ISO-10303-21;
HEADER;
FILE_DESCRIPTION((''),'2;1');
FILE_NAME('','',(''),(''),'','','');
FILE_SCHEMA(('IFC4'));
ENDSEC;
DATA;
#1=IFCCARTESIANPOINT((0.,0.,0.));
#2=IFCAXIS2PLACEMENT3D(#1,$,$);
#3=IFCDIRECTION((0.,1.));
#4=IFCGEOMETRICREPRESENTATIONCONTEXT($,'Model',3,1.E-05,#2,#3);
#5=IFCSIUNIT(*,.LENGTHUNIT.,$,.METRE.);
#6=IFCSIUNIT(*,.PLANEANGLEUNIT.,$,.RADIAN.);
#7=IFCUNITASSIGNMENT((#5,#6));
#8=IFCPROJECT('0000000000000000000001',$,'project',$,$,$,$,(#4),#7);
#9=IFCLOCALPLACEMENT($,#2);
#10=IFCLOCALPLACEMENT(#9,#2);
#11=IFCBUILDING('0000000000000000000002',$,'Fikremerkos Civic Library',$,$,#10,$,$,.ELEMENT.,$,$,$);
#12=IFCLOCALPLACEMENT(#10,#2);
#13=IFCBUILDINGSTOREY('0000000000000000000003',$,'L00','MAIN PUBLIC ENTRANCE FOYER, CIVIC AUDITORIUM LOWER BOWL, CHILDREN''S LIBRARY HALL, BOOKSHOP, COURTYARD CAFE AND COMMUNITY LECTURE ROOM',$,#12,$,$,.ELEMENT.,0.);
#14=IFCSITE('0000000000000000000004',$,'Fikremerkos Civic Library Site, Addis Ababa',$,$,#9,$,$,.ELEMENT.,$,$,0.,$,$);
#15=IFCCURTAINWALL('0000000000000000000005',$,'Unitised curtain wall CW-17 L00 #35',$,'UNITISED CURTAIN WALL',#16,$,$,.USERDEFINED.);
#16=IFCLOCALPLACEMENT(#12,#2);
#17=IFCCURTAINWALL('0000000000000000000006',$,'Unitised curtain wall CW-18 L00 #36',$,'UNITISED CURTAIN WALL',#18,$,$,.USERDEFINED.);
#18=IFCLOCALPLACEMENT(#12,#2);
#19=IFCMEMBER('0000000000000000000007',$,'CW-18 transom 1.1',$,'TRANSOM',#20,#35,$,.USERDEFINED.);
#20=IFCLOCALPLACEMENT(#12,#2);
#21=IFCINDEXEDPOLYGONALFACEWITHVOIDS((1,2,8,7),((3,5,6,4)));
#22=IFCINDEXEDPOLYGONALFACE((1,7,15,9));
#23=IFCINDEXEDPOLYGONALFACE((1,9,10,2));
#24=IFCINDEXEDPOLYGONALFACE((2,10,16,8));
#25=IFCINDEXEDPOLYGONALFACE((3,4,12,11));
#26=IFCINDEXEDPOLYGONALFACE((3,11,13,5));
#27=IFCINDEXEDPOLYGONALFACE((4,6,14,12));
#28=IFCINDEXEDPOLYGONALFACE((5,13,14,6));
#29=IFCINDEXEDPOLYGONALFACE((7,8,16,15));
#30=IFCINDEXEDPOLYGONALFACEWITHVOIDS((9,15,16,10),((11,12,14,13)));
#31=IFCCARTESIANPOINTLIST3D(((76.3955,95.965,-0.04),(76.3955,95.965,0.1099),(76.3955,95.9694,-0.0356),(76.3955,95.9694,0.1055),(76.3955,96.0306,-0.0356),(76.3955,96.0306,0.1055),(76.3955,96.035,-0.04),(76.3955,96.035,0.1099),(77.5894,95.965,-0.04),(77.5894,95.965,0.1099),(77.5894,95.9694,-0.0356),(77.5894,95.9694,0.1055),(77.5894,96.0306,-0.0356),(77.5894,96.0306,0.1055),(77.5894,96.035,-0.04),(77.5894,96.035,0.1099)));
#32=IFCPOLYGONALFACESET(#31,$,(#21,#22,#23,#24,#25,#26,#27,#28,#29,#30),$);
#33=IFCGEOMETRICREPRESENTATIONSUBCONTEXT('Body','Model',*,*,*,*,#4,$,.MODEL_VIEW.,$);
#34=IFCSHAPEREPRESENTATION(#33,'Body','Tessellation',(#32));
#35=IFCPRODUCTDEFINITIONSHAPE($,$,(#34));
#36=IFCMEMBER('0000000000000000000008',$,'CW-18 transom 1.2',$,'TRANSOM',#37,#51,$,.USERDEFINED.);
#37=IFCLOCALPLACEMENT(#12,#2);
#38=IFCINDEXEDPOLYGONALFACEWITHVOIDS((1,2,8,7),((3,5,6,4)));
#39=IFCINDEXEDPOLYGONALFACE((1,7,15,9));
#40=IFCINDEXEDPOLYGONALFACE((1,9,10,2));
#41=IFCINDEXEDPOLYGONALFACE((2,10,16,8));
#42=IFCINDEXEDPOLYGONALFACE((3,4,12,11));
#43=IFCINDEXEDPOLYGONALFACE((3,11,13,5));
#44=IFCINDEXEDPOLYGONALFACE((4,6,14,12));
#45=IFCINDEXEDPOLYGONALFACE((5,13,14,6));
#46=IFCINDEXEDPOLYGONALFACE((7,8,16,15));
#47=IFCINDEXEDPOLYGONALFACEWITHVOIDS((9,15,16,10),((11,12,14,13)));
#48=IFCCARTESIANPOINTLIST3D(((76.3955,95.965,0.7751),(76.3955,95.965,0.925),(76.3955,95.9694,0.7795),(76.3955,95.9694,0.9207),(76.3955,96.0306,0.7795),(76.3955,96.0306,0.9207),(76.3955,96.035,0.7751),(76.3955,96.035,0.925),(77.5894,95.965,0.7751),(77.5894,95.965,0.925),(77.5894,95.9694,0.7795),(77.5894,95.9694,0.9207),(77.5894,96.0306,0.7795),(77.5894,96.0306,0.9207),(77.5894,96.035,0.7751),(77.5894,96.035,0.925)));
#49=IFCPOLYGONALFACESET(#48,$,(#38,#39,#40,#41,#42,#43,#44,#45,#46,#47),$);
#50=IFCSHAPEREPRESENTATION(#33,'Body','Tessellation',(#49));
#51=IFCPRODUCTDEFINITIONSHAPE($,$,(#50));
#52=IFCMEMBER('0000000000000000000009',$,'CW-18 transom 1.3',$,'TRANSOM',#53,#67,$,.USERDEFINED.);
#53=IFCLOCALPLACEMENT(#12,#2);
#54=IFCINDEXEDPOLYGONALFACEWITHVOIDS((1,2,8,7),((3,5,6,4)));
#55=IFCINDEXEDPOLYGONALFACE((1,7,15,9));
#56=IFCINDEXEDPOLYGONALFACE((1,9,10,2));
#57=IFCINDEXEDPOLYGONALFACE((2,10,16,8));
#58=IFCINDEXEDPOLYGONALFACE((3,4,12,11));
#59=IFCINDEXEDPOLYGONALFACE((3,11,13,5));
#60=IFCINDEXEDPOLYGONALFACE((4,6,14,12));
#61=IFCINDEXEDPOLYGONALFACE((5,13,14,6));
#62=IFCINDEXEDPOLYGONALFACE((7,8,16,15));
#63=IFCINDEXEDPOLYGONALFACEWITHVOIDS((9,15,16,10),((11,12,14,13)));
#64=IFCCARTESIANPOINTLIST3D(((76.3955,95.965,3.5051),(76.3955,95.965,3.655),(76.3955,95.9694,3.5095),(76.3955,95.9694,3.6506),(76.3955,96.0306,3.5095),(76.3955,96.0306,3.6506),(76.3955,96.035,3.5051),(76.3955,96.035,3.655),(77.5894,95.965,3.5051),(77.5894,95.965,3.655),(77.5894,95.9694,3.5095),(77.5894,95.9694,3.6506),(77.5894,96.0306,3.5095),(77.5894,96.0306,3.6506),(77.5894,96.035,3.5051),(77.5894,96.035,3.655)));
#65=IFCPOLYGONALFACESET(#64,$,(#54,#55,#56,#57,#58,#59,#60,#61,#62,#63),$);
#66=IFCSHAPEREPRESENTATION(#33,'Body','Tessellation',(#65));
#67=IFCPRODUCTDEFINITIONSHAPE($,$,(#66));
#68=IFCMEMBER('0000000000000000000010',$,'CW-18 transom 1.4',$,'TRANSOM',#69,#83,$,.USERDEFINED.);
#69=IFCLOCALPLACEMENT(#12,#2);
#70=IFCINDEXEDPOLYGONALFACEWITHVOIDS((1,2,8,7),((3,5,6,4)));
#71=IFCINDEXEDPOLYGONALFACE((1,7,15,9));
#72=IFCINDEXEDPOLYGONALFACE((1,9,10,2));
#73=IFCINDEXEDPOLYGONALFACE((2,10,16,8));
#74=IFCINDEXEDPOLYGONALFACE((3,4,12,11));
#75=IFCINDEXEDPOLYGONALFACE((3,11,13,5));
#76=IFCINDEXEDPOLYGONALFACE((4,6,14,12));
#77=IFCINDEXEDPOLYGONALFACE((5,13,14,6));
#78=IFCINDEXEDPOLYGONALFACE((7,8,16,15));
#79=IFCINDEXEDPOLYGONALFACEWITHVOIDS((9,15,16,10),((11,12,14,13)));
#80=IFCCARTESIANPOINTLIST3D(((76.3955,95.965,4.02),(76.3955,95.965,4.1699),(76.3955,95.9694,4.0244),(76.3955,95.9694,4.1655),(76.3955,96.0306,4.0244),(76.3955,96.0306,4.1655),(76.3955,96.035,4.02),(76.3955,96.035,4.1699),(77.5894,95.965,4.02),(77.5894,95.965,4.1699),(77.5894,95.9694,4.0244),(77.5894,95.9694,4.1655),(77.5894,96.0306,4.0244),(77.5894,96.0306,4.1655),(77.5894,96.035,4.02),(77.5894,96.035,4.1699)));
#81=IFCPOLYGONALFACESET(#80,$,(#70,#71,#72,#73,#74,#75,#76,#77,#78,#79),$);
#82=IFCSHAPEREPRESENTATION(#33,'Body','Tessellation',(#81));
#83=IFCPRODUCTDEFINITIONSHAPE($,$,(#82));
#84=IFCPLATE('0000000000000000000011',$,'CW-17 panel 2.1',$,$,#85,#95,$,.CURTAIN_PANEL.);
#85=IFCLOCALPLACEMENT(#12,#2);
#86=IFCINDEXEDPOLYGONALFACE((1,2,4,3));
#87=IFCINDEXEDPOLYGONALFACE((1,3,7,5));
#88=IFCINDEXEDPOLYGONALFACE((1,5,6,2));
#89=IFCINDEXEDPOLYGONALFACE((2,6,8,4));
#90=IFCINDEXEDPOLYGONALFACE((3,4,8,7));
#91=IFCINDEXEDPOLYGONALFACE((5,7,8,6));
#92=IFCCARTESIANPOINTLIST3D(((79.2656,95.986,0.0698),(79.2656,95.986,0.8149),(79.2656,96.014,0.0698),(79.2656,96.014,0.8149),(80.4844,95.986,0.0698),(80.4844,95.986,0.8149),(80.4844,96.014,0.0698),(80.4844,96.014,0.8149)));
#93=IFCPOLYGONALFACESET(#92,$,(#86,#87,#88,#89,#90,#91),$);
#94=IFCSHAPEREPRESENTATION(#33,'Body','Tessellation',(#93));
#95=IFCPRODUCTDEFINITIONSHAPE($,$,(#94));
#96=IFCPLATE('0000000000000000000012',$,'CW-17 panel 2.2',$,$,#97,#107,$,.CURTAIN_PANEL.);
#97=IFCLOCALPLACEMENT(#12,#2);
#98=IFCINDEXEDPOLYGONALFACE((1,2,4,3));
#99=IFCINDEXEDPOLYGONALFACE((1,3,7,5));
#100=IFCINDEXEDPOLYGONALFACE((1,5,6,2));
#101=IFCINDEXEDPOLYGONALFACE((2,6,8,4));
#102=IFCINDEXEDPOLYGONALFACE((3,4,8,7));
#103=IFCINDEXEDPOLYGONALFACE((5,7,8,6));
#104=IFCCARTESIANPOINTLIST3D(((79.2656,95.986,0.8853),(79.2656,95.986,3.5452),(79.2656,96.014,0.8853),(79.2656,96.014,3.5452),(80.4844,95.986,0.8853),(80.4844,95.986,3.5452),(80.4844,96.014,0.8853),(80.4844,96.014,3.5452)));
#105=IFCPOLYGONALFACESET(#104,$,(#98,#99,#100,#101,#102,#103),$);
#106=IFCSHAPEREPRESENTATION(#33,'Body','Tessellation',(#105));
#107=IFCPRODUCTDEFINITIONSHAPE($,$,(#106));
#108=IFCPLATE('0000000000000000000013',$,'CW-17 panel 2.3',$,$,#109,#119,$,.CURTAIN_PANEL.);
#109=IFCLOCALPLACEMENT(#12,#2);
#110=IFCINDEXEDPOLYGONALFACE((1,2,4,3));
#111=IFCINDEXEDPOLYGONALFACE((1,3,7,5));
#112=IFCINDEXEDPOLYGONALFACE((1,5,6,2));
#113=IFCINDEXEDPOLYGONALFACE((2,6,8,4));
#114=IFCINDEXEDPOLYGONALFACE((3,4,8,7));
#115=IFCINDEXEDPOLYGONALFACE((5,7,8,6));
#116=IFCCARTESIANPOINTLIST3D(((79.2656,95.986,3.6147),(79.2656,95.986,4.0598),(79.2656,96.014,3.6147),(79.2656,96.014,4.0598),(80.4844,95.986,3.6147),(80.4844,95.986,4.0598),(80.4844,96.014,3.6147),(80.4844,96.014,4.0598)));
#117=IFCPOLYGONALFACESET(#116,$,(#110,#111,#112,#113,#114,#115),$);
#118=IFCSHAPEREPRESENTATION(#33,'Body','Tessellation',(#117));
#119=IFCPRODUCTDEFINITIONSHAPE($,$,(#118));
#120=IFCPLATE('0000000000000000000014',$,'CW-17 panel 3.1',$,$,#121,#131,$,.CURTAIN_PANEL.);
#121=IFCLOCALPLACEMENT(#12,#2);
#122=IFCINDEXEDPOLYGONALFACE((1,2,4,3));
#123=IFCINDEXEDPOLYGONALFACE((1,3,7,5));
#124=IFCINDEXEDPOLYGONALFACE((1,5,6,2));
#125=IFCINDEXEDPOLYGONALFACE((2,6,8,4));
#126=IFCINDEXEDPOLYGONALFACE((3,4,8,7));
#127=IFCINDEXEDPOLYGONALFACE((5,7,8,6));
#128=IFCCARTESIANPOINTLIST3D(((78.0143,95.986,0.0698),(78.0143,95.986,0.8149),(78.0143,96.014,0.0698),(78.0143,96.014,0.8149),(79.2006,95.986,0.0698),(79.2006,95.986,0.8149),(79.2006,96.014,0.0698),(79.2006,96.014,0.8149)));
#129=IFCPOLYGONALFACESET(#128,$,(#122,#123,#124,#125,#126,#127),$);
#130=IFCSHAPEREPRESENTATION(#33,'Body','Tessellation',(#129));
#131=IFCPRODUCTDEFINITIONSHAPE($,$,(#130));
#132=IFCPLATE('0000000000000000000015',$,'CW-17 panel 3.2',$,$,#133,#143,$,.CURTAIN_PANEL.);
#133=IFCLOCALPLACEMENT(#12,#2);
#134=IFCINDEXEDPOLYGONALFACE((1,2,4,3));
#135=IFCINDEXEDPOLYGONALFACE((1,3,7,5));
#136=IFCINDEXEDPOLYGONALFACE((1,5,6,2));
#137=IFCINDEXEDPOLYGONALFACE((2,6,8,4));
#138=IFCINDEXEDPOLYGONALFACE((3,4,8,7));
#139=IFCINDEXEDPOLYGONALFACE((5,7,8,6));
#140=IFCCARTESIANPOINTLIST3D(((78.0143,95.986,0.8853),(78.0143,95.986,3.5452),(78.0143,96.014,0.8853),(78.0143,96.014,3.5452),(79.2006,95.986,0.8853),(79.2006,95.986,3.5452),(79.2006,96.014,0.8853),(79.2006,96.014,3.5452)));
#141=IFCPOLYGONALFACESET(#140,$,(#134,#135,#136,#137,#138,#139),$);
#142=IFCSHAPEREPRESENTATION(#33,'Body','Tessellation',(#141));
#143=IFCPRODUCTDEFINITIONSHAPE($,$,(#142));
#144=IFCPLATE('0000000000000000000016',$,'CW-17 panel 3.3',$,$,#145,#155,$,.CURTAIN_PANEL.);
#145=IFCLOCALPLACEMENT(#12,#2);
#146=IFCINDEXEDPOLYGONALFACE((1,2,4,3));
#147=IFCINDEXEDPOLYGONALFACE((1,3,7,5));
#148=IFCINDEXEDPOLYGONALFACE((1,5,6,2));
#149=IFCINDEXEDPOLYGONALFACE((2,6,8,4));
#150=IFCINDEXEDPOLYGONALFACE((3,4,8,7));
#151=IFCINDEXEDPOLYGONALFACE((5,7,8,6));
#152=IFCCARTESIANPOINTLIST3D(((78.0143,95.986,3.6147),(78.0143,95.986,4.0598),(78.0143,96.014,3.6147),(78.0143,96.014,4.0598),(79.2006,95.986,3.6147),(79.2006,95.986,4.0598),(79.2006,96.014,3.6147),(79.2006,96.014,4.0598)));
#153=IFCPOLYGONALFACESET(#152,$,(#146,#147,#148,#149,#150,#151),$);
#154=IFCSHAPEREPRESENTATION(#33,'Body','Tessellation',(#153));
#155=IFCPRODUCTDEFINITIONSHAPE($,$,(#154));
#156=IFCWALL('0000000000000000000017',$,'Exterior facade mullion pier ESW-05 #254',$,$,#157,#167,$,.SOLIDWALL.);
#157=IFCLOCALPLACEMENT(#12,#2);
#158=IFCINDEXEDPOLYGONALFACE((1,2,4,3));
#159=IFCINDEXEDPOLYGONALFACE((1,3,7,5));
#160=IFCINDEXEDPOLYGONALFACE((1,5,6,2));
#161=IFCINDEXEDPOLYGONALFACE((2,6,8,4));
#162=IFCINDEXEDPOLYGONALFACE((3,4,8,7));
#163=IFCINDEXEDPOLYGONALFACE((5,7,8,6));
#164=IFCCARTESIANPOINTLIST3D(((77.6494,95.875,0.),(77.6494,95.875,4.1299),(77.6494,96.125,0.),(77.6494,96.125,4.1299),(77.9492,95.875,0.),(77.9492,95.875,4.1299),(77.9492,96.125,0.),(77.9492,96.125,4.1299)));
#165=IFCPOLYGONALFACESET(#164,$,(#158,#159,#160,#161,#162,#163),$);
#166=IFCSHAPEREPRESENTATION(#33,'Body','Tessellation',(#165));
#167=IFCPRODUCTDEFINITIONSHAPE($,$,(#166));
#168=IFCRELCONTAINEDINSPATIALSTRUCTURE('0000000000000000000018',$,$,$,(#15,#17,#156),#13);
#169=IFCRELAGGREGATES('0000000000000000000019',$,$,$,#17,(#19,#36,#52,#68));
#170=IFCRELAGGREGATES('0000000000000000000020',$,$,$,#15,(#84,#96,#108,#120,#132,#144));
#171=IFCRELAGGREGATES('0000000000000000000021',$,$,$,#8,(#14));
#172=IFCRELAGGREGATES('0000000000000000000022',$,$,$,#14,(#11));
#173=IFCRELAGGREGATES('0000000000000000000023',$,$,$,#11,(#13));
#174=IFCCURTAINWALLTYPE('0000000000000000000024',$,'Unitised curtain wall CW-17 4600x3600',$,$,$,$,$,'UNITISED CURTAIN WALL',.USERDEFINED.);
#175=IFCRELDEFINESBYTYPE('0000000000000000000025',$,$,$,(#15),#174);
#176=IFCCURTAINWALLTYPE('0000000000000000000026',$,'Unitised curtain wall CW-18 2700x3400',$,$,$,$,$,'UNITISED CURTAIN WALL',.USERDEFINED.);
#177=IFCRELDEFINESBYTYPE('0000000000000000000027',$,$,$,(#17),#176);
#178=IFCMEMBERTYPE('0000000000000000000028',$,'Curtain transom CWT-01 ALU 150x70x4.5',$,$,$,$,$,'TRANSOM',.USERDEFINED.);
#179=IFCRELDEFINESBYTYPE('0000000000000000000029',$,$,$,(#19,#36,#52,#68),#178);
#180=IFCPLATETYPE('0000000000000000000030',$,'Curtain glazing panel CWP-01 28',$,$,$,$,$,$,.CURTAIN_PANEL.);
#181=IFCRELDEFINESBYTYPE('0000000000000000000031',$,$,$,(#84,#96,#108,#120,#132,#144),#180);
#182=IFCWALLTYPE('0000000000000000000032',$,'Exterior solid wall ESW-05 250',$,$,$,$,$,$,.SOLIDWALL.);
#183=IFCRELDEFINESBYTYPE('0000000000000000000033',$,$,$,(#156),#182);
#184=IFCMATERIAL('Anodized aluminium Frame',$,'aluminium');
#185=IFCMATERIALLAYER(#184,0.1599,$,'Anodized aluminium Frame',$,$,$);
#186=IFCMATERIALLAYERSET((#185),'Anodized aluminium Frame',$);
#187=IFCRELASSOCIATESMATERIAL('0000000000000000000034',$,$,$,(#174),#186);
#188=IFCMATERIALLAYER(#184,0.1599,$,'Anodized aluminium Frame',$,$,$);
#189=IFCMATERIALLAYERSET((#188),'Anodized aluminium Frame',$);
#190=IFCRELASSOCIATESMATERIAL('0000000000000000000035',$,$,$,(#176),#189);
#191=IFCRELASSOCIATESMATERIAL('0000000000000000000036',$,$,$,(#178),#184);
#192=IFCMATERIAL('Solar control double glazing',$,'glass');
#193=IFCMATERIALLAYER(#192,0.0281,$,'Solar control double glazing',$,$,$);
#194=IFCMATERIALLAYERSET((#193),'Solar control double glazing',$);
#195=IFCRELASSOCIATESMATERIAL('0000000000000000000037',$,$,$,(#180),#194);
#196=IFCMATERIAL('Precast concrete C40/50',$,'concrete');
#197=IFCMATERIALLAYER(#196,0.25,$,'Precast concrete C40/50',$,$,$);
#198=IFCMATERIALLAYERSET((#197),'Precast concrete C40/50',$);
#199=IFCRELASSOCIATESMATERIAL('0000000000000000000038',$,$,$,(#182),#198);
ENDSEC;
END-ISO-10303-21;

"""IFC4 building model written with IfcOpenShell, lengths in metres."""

from ifc_helpers import new_model, si_unit, direction, frame, frame_2d, origin, origin_2d, place, context, subcontext, project, spatial, rectangle, hollow_rectangle, extrude, material, layer, layer_set, material_profile, profile_set, type_object, element, aggregate, save


model = new_model("IFC4")

# Units and contexts
model_context = context("Model", 3, precision=1e-05, world=origin(), true_north=direction((0.0, 1.0)))
body_context = subcontext(model_context, "Body", "Model", "MODEL_VIEW")
ifc_project = project(units=[si_unit("LENGTHUNIT", "METRE"), si_unit("PLANEANGLEUNIT", "RADIAN")], contexts=[model_context])

# Site, building, storey
site_placement = place(None, origin())
site = spatial("IfcSite", under=ifc_project, at=site_placement, Name="Fikremerkos Civic Library Site, Addis Ababa", CompositionType="ELEMENT", RefElevation=0.0)
building_placement = place(site_placement, origin())
building = spatial("IfcBuilding", under=site, at=building_placement, Name="Fikremerkos Civic Library", CompositionType="ELEMENT")
storey_placement = place(building_placement, origin())
storey = spatial("IfcBuildingStorey", under=building, at=storey_placement, Name="L00", Description="MAIN PUBLIC ENTRANCE FOYER, CIVIC AUDITORIUM LOWER BOWL, CHILDREN'S LIBRARY HALL, BOOKSHOP, COURTYARD CAFE AND COMMUNITY LECTURE ROOM", CompositionType="ELEMENT", Elevation=0.0)

# Curtain wall
ifc_material_1 = material(Name="Anodized aluminium Frame", Category="aluminium")
ifc_layer_1 = layer(ifc_material_1, 0.1599, Name="Anodized aluminium Frame")
ifc_layer_set_1 = layer_set([ifc_layer_1], Name="Anodized aluminium Frame")
curtain_wall_type_1 = type_object("IfcCurtainWallType", Name="Unitised curtain wall CW-17 4600x3600", ElementType="UNITISED CURTAIN WALL", PredefinedType="USERDEFINED", material=ifc_layer_set_1)
curtain_wall_1_placement = place(storey_placement, origin())
curtain_wall_1 = element("IfcCurtainWall", 1, at=curtain_wall_1_placement, inside=storey, type_object=curtain_wall_type_1, Name="Unitised curtain wall CW-17 L00 #35", ObjectType="UNITISED CURTAIN WALL", PredefinedType="USERDEFINED")

# Curtain wall
ifc_layer_2 = layer(ifc_material_1, 0.1599, Name="Anodized aluminium Frame")
ifc_layer_set_2 = layer_set([ifc_layer_2], Name="Anodized aluminium Frame")
curtain_wall_type_2 = type_object("IfcCurtainWallType", Name="Unitised curtain wall CW-18 2700x3400", ElementType="UNITISED CURTAIN WALL", PredefinedType="USERDEFINED", material=ifc_layer_set_2)
curtain_wall_2_placement = place(storey_placement, origin())
curtain_wall_2 = element("IfcCurtainWall", 2, at=curtain_wall_2_placement, inside=storey, type_object=curtain_wall_type_2, Name="Unitised curtain wall CW-18 L00 #36", ObjectType="UNITISED CURTAIN WALL", PredefinedType="USERDEFINED")

# Members
ifc_material_profile_1 = material_profile(ifc_material_1, hollow_rectangle(XDim=0.0701, YDim=0.1499, WallThickness=0.0044, at=origin_2d()), Name="ALU 150x70x4.5")
ifc_profile_set_1 = profile_set([ifc_material_profile_1], Name="Anodized aluminium Frame")
member_type_1 = type_object("IfcMemberType", Name="Curtain transom CWT-01 ALU 150x70x4.5", ElementType="TRANSOM", PredefinedType="USERDEFINED", material=ifc_profile_set_1)
member_1_placement = place(storey_placement, frame((77.5894, 96.0, 0.0349), z_axis=(-1.0, 0.0, 0.0), x_axis=(0.0, -1.0, 0.0)))
member_1 = element("IfcMember", 3, at=member_1_placement, type_object=member_type_1, Name="CW-18 transom 1.1", ObjectType="TRANSOM", PredefinedType="USERDEFINED", context=body_context, shape_type="SweptSolid", body=[
    extrude(hollow_rectangle(XDim=0.0701, YDim=0.1499, WallThickness=0.0044, at=origin_2d()), origin(), (0.0, 0.0, 1.0), 1.1938),
])
member_2_placement = place(storey_placement, frame((77.5894, 96.0, 0.8501), z_axis=(-1.0, 0.0, 0.0), x_axis=(0.0, -1.0, 0.0)))
member_2 = element("IfcMember", 4, at=member_2_placement, type_object=member_type_1, Name="CW-18 transom 1.2", ObjectType="TRANSOM", PredefinedType="USERDEFINED", context=body_context, shape_type="SweptSolid", body=[
    extrude(hollow_rectangle(XDim=0.0701, YDim=0.1499, WallThickness=0.0044, at=origin_2d()), origin(), (0.0, 0.0, 1.0), 1.1938),
])
member_3_placement = place(storey_placement, frame((77.5894, 96.0, 3.5801), z_axis=(-1.0, 0.0, 0.0), x_axis=(0.0, -1.0, 0.0)))
member_3 = element("IfcMember", 5, at=member_3_placement, type_object=member_type_1, Name="CW-18 transom 1.3", ObjectType="TRANSOM", PredefinedType="USERDEFINED", context=body_context, shape_type="SweptSolid", body=[
    extrude(hollow_rectangle(XDim=0.0701, YDim=0.1499, WallThickness=0.0044, at=origin_2d()), origin(), (0.0, 0.0, 1.0), 1.1938),
])
member_4_placement = place(storey_placement, frame((77.5894, 96.0, 4.095), z_axis=(-1.0, 0.0, 0.0), x_axis=(0.0, -1.0, 0.0)))
member_4 = element("IfcMember", 6, at=member_4_placement, type_object=member_type_1, Name="CW-18 transom 1.4", ObjectType="TRANSOM", PredefinedType="USERDEFINED", context=body_context, shape_type="SweptSolid", body=[
    extrude(hollow_rectangle(XDim=0.0701, YDim=0.1499, WallThickness=0.0044, at=origin_2d()), origin(), (0.0, 0.0, 1.0), 1.1938),
])
aggregate(curtain_wall_2, [member_1, member_2, member_3, member_4])

# Plates
ifc_material_2 = material(Name="Solar control double glazing", Category="glass")
ifc_layer_3 = layer(ifc_material_2, 0.0281, Name="Solar control double glazing")
ifc_layer_set_3 = layer_set([ifc_layer_3], Name="Solar control double glazing")
plate_type = type_object("IfcPlateType", Name="Curtain glazing panel CWP-01 28", PredefinedType="CURTAIN_PANEL", material=ifc_layer_set_3)
plate_1_placement = place(storey_placement, frame((79.875, 96.0, 0.0698), z_axis=(0.0, 0.0, 1.0), x_axis=(-1.0, 0.0, 0.0)))
plate_1 = element("IfcPlate", 7, at=plate_1_placement, type_object=plate_type, Name="CW-17 panel 2.1", PredefinedType="CURTAIN_PANEL", context=body_context, shape_type="SweptSolid", body=[
    extrude(rectangle(XDim=1.2188, YDim=0.0281, at=origin_2d()), origin(), (0.0, 0.0, 1.0), 0.7451),
])
plate_2_placement = place(storey_placement, frame((79.875, 96.0, 0.8853), z_axis=(0.0, 0.0, 1.0), x_axis=(-1.0, 0.0, 0.0)))
plate_2 = element("IfcPlate", 8, at=plate_2_placement, type_object=plate_type, Name="CW-17 panel 2.2", PredefinedType="CURTAIN_PANEL", context=body_context, shape_type="SweptSolid", body=[
    extrude(rectangle(XDim=1.2188, YDim=0.0281, at=origin_2d()), origin(), (0.0, 0.0, 1.0), 2.6599),
])
plate_3_placement = place(storey_placement, frame((79.875, 96.0, 3.6147), z_axis=(0.0, 0.0, 1.0), x_axis=(-1.0, 0.0, 0.0)))
plate_3 = element("IfcPlate", 9, at=plate_3_placement, type_object=plate_type, Name="CW-17 panel 2.3", PredefinedType="CURTAIN_PANEL", context=body_context, shape_type="SweptSolid", body=[
    extrude(rectangle(XDim=1.2188, YDim=0.0281, at=origin_2d()), origin(), (0.0, 0.0, 1.0), 0.4451),
])
plate_4_placement = place(storey_placement, frame((78.6074, 96.0, 0.0698), z_axis=(0.0, 0.0, 1.0), x_axis=(-1.0, 0.0, 0.0)))
plate_4 = element("IfcPlate", 10, at=plate_4_placement, type_object=plate_type, Name="CW-17 panel 3.1", PredefinedType="CURTAIN_PANEL", context=body_context, shape_type="SweptSolid", body=[
    extrude(rectangle(XDim=1.1863, YDim=0.0281, at=origin_2d()), origin(), (0.0, 0.0, 1.0), 0.7451),
])
plate_5_placement = place(storey_placement, frame((78.6074, 96.0, 0.8853), z_axis=(0.0, 0.0, 1.0), x_axis=(-1.0, 0.0, 0.0)))
plate_5 = element("IfcPlate", 11, at=plate_5_placement, type_object=plate_type, Name="CW-17 panel 3.2", PredefinedType="CURTAIN_PANEL", context=body_context, shape_type="SweptSolid", body=[
    extrude(rectangle(XDim=1.1863, YDim=0.0281, at=origin_2d()), origin(), (0.0, 0.0, 1.0), 2.6599),
])
plate_6_placement = place(storey_placement, frame((78.6074, 96.0, 3.6147), z_axis=(0.0, 0.0, 1.0), x_axis=(-1.0, 0.0, 0.0)))
plate_6 = element("IfcPlate", 12, at=plate_6_placement, type_object=plate_type, Name="CW-17 panel 3.3", PredefinedType="CURTAIN_PANEL", context=body_context, shape_type="SweptSolid", body=[
    extrude(rectangle(XDim=1.1863, YDim=0.0281, at=origin_2d()), origin(), (0.0, 0.0, 1.0), 0.4451),
])
aggregate(curtain_wall_1, [plate_1, plate_2, plate_3, plate_4, plate_5, plate_6])

# Wall
ifc_material_3 = material(Name="Precast concrete C40/50", Category="concrete")
ifc_layer_4 = layer(ifc_material_3, 0.25, Name="Precast concrete C40/50")
ifc_layer_set_4 = layer_set([ifc_layer_4], Name="Precast concrete C40/50")
wall_type = type_object("IfcWallType", Name="Exterior solid wall ESW-05 250", PredefinedType="SOLIDWALL", material=ifc_layer_set_4)
wall_placement = place(storey_placement, frame((77.9492, 96.0, 0.0), z_axis=(0.0, 0.0, 1.0), x_axis=(-1.0, 0.0, 0.0)))
element("IfcWall", 13, at=wall_placement, inside=storey, type_object=wall_type, Name="Exterior facade mullion pier ESW-05 #254", PredefinedType="SOLIDWALL", context=body_context, shape_type="SweptSolid", body=[
    extrude(rectangle(XDim=0.2998, YDim=0.25, at=frame_2d((0.1499, 0.0))), origin(), (0.0, 0.0, 1.0), 4.1299),
])

save(model, "model.ifc")
